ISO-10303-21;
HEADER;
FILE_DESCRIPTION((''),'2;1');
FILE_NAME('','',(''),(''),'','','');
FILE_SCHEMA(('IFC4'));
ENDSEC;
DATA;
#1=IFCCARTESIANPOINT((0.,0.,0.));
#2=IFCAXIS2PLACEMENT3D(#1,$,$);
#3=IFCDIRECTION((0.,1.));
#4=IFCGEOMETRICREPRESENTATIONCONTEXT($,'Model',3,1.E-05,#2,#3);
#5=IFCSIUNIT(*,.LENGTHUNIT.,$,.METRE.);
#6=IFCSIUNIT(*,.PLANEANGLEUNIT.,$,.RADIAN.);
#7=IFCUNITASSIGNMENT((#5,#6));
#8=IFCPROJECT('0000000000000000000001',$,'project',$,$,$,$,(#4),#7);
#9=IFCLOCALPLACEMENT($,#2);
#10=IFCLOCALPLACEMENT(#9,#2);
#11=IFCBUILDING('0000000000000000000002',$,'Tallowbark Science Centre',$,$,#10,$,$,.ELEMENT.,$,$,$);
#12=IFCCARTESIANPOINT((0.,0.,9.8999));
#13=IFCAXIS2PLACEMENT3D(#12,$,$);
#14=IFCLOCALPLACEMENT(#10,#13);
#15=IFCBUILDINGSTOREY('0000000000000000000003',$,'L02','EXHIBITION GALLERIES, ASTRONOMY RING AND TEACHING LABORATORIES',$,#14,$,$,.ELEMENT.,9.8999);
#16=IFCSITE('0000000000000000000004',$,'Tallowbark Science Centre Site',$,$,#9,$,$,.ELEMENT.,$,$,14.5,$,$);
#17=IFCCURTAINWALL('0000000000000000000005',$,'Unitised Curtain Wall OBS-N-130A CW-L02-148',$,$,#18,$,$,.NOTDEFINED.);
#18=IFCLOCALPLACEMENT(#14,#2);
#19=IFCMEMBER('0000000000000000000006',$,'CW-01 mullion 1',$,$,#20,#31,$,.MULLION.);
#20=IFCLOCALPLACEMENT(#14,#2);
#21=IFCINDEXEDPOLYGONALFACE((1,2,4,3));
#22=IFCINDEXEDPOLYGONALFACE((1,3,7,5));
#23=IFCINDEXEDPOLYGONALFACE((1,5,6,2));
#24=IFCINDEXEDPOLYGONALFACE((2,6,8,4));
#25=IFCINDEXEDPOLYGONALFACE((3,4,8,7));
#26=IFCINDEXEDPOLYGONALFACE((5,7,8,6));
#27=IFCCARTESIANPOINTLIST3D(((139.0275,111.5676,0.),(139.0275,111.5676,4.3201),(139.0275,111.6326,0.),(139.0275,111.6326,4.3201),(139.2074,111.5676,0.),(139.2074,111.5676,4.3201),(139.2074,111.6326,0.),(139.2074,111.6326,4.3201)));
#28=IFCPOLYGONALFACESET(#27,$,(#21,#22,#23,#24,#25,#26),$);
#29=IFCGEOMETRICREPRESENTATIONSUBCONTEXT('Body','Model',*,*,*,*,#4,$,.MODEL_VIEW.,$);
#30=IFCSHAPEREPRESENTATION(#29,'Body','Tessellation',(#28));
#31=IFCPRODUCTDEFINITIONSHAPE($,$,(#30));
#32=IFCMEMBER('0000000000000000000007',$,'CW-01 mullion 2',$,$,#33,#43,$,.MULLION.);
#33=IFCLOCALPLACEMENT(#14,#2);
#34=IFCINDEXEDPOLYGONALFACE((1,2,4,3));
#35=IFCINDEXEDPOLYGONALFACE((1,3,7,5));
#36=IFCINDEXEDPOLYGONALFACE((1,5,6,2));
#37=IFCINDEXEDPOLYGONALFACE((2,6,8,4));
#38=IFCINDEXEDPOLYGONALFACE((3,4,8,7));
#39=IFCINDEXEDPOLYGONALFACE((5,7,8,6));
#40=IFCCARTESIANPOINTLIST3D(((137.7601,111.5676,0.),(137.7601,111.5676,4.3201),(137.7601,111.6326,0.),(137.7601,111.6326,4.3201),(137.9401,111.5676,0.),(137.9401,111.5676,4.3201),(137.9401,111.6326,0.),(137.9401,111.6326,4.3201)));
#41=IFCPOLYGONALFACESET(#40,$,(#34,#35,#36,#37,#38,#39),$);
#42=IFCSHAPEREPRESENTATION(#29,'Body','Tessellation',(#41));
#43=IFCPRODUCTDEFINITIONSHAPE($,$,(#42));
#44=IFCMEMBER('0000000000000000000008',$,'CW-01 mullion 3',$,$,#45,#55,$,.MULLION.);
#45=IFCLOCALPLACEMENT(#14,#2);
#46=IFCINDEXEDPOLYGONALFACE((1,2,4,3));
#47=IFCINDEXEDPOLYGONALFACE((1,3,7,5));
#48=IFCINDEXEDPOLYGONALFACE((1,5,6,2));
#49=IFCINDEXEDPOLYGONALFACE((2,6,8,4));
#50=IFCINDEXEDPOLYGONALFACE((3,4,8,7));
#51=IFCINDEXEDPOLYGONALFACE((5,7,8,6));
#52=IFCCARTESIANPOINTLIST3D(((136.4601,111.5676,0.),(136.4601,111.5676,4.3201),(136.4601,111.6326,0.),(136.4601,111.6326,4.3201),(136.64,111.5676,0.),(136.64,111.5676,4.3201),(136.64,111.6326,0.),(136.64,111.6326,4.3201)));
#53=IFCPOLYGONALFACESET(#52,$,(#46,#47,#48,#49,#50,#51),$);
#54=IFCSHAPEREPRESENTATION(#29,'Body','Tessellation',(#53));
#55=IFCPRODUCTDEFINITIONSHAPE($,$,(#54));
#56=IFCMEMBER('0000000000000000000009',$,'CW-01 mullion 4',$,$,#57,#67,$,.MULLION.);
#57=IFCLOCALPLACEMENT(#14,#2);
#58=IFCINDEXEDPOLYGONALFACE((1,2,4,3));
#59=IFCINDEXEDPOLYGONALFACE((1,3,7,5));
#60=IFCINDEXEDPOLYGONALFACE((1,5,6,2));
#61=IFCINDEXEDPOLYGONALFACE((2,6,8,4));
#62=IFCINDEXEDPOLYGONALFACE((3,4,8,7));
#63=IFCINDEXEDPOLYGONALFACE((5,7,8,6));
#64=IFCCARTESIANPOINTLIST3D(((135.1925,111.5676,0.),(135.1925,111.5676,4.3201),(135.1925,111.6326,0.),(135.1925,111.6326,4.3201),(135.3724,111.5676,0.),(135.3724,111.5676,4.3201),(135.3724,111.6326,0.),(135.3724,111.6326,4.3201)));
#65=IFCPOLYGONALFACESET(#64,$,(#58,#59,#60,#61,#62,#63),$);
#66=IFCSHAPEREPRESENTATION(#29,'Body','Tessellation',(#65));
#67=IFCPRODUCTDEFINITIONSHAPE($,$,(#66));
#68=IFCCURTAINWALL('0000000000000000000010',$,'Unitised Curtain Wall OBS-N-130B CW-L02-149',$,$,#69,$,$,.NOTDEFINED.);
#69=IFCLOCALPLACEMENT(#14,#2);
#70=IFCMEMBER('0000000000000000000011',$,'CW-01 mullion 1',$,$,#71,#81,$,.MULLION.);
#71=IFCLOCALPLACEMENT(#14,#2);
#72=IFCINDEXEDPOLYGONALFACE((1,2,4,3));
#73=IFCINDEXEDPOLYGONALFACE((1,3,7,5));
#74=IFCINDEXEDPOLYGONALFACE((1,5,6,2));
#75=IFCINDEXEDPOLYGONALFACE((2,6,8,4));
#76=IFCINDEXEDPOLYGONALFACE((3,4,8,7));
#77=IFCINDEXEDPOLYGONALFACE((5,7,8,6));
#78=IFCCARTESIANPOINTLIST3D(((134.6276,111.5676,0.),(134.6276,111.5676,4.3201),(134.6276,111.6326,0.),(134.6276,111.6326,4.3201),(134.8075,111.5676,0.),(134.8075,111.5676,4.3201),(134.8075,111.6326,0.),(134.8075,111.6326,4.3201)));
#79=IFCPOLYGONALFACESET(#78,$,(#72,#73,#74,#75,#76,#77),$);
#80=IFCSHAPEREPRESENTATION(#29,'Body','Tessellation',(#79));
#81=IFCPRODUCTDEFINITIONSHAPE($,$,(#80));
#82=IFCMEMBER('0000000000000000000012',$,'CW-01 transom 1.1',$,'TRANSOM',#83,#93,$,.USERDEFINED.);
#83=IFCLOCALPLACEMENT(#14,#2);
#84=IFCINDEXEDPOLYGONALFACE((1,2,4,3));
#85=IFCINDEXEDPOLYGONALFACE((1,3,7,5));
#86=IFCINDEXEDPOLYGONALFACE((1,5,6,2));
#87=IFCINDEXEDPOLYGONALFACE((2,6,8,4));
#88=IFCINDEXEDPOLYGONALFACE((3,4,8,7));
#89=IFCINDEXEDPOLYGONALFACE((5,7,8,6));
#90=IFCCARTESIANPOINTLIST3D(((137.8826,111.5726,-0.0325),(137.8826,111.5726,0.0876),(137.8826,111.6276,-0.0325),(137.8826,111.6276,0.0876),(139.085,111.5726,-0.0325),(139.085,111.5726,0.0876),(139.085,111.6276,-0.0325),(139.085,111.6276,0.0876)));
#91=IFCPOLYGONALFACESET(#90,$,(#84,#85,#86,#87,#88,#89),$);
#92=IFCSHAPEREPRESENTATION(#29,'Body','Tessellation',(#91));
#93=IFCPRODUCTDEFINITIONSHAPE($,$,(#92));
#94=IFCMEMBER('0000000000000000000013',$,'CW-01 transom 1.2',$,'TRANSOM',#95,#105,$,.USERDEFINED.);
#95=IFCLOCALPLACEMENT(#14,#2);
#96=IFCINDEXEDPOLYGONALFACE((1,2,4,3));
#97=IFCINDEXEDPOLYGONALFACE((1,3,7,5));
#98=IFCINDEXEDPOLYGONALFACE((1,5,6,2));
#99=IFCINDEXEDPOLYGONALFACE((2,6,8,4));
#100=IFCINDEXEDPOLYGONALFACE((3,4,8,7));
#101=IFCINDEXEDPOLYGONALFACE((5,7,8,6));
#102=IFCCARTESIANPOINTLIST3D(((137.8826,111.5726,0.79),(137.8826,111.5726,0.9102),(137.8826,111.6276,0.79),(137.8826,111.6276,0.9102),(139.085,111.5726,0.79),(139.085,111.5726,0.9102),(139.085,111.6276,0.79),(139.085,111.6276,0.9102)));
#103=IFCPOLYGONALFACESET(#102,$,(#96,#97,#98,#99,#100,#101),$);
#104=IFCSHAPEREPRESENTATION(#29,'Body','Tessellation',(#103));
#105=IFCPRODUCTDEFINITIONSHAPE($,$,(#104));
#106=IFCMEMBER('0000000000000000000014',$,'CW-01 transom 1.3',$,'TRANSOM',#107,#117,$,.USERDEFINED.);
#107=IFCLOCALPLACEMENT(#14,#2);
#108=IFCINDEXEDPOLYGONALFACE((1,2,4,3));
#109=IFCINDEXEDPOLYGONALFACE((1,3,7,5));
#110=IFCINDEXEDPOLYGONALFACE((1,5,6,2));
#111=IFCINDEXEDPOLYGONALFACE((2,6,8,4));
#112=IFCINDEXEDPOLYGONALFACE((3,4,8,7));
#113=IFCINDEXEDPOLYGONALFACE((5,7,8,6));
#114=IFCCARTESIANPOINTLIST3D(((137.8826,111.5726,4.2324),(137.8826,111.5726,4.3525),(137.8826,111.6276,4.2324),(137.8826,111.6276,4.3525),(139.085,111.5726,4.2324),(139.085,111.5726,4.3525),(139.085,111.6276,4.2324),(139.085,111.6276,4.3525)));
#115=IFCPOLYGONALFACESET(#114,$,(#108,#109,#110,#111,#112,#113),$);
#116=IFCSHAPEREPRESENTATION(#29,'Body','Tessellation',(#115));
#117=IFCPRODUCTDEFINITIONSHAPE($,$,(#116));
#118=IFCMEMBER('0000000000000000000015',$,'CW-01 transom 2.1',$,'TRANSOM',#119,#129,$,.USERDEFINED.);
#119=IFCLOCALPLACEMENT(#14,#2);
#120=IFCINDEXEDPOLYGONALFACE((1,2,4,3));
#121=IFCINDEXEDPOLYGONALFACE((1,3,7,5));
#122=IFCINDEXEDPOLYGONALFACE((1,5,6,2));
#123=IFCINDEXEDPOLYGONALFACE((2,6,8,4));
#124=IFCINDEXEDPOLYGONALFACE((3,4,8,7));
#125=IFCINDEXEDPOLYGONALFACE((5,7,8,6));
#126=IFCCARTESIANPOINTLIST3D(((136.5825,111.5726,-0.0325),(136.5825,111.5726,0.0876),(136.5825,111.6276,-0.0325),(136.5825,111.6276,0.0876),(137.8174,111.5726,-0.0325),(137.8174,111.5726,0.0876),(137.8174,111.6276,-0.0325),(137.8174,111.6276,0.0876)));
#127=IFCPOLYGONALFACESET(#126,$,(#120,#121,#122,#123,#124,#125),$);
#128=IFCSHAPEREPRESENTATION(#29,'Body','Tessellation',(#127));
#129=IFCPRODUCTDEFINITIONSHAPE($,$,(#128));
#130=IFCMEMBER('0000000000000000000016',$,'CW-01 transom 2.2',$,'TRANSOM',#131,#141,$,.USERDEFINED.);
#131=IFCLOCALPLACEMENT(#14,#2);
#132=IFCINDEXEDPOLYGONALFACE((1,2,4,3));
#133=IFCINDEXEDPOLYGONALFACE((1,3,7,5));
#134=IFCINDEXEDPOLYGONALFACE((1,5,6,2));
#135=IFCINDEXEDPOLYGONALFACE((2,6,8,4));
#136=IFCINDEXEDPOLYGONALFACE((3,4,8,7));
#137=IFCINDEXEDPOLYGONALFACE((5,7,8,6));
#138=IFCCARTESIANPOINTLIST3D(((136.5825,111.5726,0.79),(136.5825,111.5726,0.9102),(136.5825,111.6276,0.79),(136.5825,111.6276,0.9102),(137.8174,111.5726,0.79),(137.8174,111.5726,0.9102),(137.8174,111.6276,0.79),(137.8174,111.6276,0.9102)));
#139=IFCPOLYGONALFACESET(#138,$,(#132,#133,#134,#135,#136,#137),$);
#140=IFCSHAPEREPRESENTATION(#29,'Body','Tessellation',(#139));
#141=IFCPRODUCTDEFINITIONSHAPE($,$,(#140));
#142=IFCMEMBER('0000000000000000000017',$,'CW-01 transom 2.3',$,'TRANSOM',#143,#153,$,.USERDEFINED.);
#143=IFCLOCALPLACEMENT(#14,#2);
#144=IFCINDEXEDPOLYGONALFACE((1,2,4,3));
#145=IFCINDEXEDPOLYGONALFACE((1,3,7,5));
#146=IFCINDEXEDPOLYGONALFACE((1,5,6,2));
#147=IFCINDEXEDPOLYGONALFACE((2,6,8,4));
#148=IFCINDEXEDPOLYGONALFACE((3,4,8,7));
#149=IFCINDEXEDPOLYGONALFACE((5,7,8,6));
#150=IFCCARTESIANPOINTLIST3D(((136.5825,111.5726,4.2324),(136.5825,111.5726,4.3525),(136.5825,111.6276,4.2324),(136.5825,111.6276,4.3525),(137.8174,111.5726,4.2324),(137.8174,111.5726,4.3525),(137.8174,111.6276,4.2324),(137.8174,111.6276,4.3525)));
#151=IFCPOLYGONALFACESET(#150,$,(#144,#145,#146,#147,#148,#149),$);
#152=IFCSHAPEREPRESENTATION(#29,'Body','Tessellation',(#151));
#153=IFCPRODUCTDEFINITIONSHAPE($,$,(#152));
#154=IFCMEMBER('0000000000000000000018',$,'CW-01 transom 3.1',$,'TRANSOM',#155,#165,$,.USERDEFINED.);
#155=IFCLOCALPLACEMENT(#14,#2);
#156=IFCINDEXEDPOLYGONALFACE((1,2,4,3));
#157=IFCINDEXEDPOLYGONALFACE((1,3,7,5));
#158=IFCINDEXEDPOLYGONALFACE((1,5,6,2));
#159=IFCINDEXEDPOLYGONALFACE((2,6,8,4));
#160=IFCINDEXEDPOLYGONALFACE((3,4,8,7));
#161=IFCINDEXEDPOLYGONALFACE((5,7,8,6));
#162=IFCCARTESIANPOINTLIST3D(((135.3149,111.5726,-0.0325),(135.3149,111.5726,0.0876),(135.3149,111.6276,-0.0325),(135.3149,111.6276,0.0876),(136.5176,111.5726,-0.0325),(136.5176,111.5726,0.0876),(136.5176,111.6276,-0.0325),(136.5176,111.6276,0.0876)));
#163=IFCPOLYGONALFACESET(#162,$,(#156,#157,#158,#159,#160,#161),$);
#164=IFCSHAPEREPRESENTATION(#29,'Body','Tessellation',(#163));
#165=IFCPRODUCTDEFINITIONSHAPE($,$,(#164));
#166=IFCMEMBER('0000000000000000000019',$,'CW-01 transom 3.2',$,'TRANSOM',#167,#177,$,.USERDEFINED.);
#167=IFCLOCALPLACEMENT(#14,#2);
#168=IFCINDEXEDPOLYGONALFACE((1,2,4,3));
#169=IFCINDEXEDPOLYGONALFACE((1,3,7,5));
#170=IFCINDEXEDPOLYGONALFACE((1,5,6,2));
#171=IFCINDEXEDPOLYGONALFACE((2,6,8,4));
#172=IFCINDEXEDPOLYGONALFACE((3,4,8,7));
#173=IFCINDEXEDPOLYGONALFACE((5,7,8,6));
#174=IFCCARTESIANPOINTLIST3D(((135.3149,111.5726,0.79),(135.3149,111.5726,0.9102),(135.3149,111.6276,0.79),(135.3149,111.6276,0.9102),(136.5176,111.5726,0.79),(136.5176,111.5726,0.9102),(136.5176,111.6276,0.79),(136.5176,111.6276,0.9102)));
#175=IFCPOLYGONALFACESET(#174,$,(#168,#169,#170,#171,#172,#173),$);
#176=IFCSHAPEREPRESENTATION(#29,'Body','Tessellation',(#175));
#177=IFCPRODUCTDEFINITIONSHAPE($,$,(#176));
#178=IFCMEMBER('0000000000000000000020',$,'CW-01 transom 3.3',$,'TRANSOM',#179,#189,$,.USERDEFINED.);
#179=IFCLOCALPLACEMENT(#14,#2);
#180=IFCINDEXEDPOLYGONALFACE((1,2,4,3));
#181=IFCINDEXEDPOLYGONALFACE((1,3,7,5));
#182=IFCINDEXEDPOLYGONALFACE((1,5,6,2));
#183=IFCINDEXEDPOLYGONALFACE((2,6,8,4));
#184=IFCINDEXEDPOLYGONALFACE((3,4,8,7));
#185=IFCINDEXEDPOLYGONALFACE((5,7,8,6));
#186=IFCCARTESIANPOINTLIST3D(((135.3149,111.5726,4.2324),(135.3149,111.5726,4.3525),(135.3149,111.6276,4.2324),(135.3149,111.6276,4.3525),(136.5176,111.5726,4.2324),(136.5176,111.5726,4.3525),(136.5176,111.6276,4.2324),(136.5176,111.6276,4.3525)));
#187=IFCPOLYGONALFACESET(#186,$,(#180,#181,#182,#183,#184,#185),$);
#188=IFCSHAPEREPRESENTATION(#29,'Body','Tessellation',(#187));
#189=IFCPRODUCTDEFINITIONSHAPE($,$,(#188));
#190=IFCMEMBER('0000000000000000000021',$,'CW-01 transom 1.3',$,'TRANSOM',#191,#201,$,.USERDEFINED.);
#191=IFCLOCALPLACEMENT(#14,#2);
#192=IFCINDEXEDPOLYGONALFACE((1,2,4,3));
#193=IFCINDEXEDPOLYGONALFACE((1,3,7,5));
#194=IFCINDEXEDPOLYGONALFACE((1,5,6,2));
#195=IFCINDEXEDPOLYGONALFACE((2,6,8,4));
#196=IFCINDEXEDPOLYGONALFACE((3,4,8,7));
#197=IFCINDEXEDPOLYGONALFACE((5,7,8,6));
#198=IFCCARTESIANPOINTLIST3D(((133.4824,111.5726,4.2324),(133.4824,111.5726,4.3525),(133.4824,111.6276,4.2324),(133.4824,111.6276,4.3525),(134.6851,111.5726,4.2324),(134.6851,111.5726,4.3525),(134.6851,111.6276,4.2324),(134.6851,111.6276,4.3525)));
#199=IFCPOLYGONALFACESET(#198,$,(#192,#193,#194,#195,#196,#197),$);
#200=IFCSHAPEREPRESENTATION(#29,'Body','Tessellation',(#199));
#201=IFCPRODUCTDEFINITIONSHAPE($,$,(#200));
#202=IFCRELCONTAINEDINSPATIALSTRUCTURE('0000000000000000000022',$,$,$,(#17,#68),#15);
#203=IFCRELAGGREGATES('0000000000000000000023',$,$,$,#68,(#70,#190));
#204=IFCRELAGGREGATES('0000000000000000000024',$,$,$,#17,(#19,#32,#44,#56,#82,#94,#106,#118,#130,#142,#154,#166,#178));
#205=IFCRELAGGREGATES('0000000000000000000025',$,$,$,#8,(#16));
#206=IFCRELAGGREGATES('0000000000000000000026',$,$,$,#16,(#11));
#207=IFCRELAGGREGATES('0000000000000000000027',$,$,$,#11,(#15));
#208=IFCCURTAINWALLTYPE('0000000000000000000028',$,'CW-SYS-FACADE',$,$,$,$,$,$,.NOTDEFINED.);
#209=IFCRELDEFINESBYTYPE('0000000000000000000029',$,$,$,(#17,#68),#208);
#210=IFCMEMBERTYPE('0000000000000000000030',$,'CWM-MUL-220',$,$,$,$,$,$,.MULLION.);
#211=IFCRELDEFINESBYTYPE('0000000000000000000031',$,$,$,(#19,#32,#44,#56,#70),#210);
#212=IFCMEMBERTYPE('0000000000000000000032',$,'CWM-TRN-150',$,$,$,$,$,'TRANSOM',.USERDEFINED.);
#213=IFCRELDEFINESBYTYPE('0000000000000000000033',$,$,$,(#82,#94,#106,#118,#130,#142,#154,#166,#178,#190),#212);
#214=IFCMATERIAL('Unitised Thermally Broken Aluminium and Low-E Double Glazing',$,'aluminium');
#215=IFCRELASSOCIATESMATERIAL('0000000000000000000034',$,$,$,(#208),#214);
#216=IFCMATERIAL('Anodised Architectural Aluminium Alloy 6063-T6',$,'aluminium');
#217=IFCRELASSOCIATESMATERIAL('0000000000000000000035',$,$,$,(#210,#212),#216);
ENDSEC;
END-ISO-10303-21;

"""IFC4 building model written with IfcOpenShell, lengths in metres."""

from ifc_helpers import new_model, si_unit, direction, frame, origin, origin_2d, place, context, subcontext, project, spatial, rectangle, extrude, material, material_profile, profile_set, type_object, element, aggregate, save


model = new_model("IFC4")

# Units and contexts
model_context = context("Model", 3, precision=1e-05, world=origin(), true_north=direction((0.0, 1.0)))
body_context = subcontext(model_context, "Body", "Model", "MODEL_VIEW")
ifc_project = project(units=[si_unit("LENGTHUNIT", "METRE"), si_unit("PLANEANGLEUNIT", "RADIAN")], contexts=[model_context])

# Site, building, storey
site_placement = place(None, origin())
site = spatial("IfcSite", under=ifc_project, at=site_placement, Name="Tallowbark Science Centre Site", CompositionType="ELEMENT", RefElevation=14.5)
building_placement = place(site_placement, origin())
building = spatial("IfcBuilding", under=site, at=building_placement, Name="Tallowbark Science Centre", CompositionType="ELEMENT")
storey_placement = place(building_placement, frame((0.0, 0.0, 9.8999)))
storey = spatial("IfcBuildingStorey", under=building, at=storey_placement, Name="L02", Description="EXHIBITION GALLERIES, ASTRONOMY RING AND TEACHING LABORATORIES", CompositionType="ELEMENT", Elevation=9.8999)

# Curtain wall, members
ifc_material_1 = material(Name="Unitised Thermally Broken Aluminium and Low-E Double Glazing", Category="aluminium")
curtain_wall_type = type_object("IfcCurtainWallType", Name="CW-SYS-FACADE", PredefinedType="NOTDEFINED", material=ifc_material_1)
curtain_wall_1_placement = place(storey_placement, origin())
curtain_wall_1 = element("IfcCurtainWall", 1, at=curtain_wall_1_placement, inside=storey, type_object=curtain_wall_type, Name="Unitised Curtain Wall OBS-N-130A CW-L02-148", PredefinedType="NOTDEFINED")
ifc_material_2 = material(Name="Anodised Architectural Aluminium Alloy 6063-T6", Category="aluminium")
ifc_material_profile_1 = material_profile(ifc_material_2, rectangle(XDim=0.0649, YDim=0.1799, at=origin_2d()), Name="ALU65x180")
ifc_profile_set_1 = profile_set([ifc_material_profile_1], Name="Anodised Architectural Aluminium Alloy 6063-T6")
member_type_1 = type_object("IfcMemberType", Name="CWM-MUL-220", PredefinedType="MULLION", material=ifc_profile_set_1)
member_1_placement = place(storey_placement, frame((139.1174, 111.6001, 0.0), z_axis=(0.0, 0.0, 1.0), x_axis=(0.0, -1.0, 0.0)))
member_1 = element("IfcMember", 2, at=member_1_placement, type_object=member_type_1, Name="CW-01 mullion 1", PredefinedType="MULLION", context=body_context, shape_type="SweptSolid", body=[
    extrude(rectangle(XDim=0.0649, YDim=0.1799, at=origin_2d()), origin(), (0.0, 0.0, 1.0), 4.3201),
])
member_2_placement = place(storey_placement, frame((137.8501, 111.6001, 0.0), z_axis=(0.0, 0.0, 1.0), x_axis=(0.0, -1.0, 0.0)))
member_2 = element("IfcMember", 3, at=member_2_placement, type_object=member_type_1, Name="CW-01 mullion 2", PredefinedType="MULLION", context=body_context, shape_type="SweptSolid", body=[
    extrude(rectangle(XDim=0.0649, YDim=0.1799, at=origin_2d()), origin(), (0.0, 0.0, 1.0), 4.3201),
])
member_3_placement = place(storey_placement, frame((136.55, 111.6001, 0.0), z_axis=(0.0, 0.0, 1.0), x_axis=(0.0, -1.0, 0.0)))
member_3 = element("IfcMember", 4, at=member_3_placement, type_object=member_type_1, Name="CW-01 mullion 3", PredefinedType="MULLION", context=body_context, shape_type="SweptSolid", body=[
    extrude(rectangle(XDim=0.0649, YDim=0.1799, at=origin_2d()), origin(), (0.0, 0.0, 1.0), 4.3201),
])
member_4_placement = place(storey_placement, frame((135.2825, 111.6001, 0.0), z_axis=(0.0, 0.0, 1.0), x_axis=(0.0, -1.0, 0.0)))
member_4 = element("IfcMember", 5, at=member_4_placement, type_object=member_type_1, Name="CW-01 mullion 4", PredefinedType="MULLION", context=body_context, shape_type="SweptSolid", body=[
    extrude(rectangle(XDim=0.0649, YDim=0.1799, at=origin_2d()), origin(), (0.0, 0.0, 1.0), 4.3201),
])

# Curtain wall, member
curtain_wall_2_placement = place(storey_placement, origin())
curtain_wall_2 = element("IfcCurtainWall", 6, at=curtain_wall_2_placement, inside=storey, type_object=curtain_wall_type, Name="Unitised Curtain Wall OBS-N-130B CW-L02-149", PredefinedType="NOTDEFINED")
member_5_placement = place(storey_placement, frame((134.7175, 111.6001, 0.0), z_axis=(0.0, 0.0, 1.0), x_axis=(0.0, -1.0, 0.0)))
member_5 = element("IfcMember", 7, at=member_5_placement, type_object=member_type_1, Name="CW-01 mullion 1", PredefinedType="MULLION", context=body_context, shape_type="SweptSolid", body=[
    extrude(rectangle(XDim=0.0649, YDim=0.1799, at=origin_2d()), origin(), (0.0, 0.0, 1.0), 4.3201),
])

# Members
ifc_material_profile_2 = material_profile(ifc_material_2, rectangle(XDim=0.0549, YDim=0.1201, at=origin_2d()), Name="ALU55x120")
ifc_profile_set_2 = profile_set([ifc_material_profile_2], Name="Anodised Architectural Aluminium Alloy 6063-T6")
member_type_2 = type_object("IfcMemberType", Name="CWM-TRN-150", ElementType="TRANSOM", PredefinedType="USERDEFINED", material=ifc_profile_set_2)
member_6_placement = place(storey_placement, frame((139.085, 111.6001, 0.0276), z_axis=(-1.0, 0.0, 0.0), x_axis=(0.0, -1.0, 0.0)))
member_6 = element("IfcMember", 8, at=member_6_placement, type_object=member_type_2, Name="CW-01 transom 1.1", ObjectType="TRANSOM", PredefinedType="USERDEFINED", context=body_context, shape_type="SweptSolid", body=[
    extrude(rectangle(XDim=0.0549, YDim=0.1201, at=origin_2d()), origin(), (0.0, 0.0, 1.0), 1.2024),
])
member_7_placement = place(storey_placement, frame((139.085, 111.6001, 0.8501), z_axis=(-1.0, 0.0, 0.0), x_axis=(0.0, -1.0, 0.0)))
member_7 = element("IfcMember", 9, at=member_7_placement, type_object=member_type_2, Name="CW-01 transom 1.2", ObjectType="TRANSOM", PredefinedType="USERDEFINED", context=body_context, shape_type="SweptSolid", body=[
    extrude(rectangle(XDim=0.0549, YDim=0.1201, at=origin_2d()), origin(), (0.0, 0.0, 1.0), 1.2024),
])
member_8_placement = place(storey_placement, frame((139.085, 111.6001, 4.2925), z_axis=(-1.0, 0.0, 0.0), x_axis=(0.0, -1.0, 0.0)))
member_8 = element("IfcMember", 10, at=member_8_placement, type_object=member_type_2, Name="CW-01 transom 1.3", ObjectType="TRANSOM", PredefinedType="USERDEFINED", context=body_context, shape_type="SweptSolid", body=[
    extrude(rectangle(XDim=0.0549, YDim=0.1201, at=origin_2d()), origin(), (0.0, 0.0, 1.0), 1.2024),
])
member_9_placement = place(storey_placement, frame((137.8174, 111.6001, 0.0276), z_axis=(-1.0, 0.0, 0.0), x_axis=(0.0, -1.0, 0.0)))
member_9 = element("IfcMember", 11, at=member_9_placement, type_object=member_type_2, Name="CW-01 transom 2.1", ObjectType="TRANSOM", PredefinedType="USERDEFINED", context=body_context, shape_type="SweptSolid", body=[
    extrude(rectangle(XDim=0.0549, YDim=0.1201, at=origin_2d()), origin(), (0.0, 0.0, 1.0), 1.2349),
])
member_10_placement = place(storey_placement, frame((137.8174, 111.6001, 0.8501), z_axis=(-1.0, 0.0, 0.0), x_axis=(0.0, -1.0, 0.0)))
member_10 = element("IfcMember", 12, at=member_10_placement, type_object=member_type_2, Name="CW-01 transom 2.2", ObjectType="TRANSOM", PredefinedType="USERDEFINED", context=body_context, shape_type="SweptSolid", body=[
    extrude(rectangle(XDim=0.0549, YDim=0.1201, at=origin_2d()), origin(), (0.0, 0.0, 1.0), 1.2349),
])
member_11_placement = place(storey_placement, frame((137.8174, 111.6001, 4.2925), z_axis=(-1.0, 0.0, 0.0), x_axis=(0.0, -1.0, 0.0)))
member_11 = element("IfcMember", 13, at=member_11_placement, type_object=member_type_2, Name="CW-01 transom 2.3", ObjectType="TRANSOM", PredefinedType="USERDEFINED", context=body_context, shape_type="SweptSolid", body=[
    extrude(rectangle(XDim=0.0549, YDim=0.1201, at=origin_2d()), origin(), (0.0, 0.0, 1.0), 1.2349),
])
member_12_placement = place(storey_placement, frame((136.5176, 111.6001, 0.0276), z_axis=(-1.0, 0.0, 0.0), x_axis=(0.0, -1.0, 0.0)))
member_12 = element("IfcMember", 14, at=member_12_placement, type_object=member_type_2, Name="CW-01 transom 3.1", ObjectType="TRANSOM", PredefinedType="USERDEFINED", context=body_context, shape_type="SweptSolid", body=[
    extrude(rectangle(XDim=0.0549, YDim=0.1201, at=origin_2d()), origin(), (0.0, 0.0, 1.0), 1.2026),
])
member_13_placement = place(storey_placement, frame((136.5176, 111.6001, 0.8501), z_axis=(-1.0, 0.0, 0.0), x_axis=(0.0, -1.0, 0.0)))
member_13 = element("IfcMember", 15, at=member_13_placement, type_object=member_type_2, Name="CW-01 transom 3.2", ObjectType="TRANSOM", PredefinedType="USERDEFINED", context=body_context, shape_type="SweptSolid", body=[
    extrude(rectangle(XDim=0.0549, YDim=0.1201, at=origin_2d()), origin(), (0.0, 0.0, 1.0), 1.2026),
])
member_14_placement = place(storey_placement, frame((136.5176, 111.6001, 4.2925), z_axis=(-1.0, 0.0, 0.0), x_axis=(0.0, -1.0, 0.0)))
member_14 = element("IfcMember", 16, at=member_14_placement, type_object=member_type_2, Name="CW-01 transom 3.3", ObjectType="TRANSOM", PredefinedType="USERDEFINED", context=body_context, shape_type="SweptSolid", body=[
    extrude(rectangle(XDim=0.0549, YDim=0.1201, at=origin_2d()), origin(), (0.0, 0.0, 1.0), 1.2026),
])
member_15_placement = place(storey_placement, frame((134.6851, 111.6001, 4.2925), z_axis=(-1.0, 0.0, 0.0), x_axis=(0.0, -1.0, 0.0)))
member_15 = element("IfcMember", 17, at=member_15_placement, type_object=member_type_2, Name="CW-01 transom 1.3", ObjectType="TRANSOM", PredefinedType="USERDEFINED", context=body_context, shape_type="SweptSolid", body=[
    extrude(rectangle(XDim=0.0549, YDim=0.1201, at=origin_2d()), origin(), (0.0, 0.0, 1.0), 1.2026),
])
aggregate(curtain_wall_2, [member_5, member_15])

aggregate(curtain_wall_1, [member_1, member_2, member_3, member_4, member_6, member_7, member_8, member_9, member_10, member_11, member_12, member_13, member_14])

save(model, "model.ifc")
